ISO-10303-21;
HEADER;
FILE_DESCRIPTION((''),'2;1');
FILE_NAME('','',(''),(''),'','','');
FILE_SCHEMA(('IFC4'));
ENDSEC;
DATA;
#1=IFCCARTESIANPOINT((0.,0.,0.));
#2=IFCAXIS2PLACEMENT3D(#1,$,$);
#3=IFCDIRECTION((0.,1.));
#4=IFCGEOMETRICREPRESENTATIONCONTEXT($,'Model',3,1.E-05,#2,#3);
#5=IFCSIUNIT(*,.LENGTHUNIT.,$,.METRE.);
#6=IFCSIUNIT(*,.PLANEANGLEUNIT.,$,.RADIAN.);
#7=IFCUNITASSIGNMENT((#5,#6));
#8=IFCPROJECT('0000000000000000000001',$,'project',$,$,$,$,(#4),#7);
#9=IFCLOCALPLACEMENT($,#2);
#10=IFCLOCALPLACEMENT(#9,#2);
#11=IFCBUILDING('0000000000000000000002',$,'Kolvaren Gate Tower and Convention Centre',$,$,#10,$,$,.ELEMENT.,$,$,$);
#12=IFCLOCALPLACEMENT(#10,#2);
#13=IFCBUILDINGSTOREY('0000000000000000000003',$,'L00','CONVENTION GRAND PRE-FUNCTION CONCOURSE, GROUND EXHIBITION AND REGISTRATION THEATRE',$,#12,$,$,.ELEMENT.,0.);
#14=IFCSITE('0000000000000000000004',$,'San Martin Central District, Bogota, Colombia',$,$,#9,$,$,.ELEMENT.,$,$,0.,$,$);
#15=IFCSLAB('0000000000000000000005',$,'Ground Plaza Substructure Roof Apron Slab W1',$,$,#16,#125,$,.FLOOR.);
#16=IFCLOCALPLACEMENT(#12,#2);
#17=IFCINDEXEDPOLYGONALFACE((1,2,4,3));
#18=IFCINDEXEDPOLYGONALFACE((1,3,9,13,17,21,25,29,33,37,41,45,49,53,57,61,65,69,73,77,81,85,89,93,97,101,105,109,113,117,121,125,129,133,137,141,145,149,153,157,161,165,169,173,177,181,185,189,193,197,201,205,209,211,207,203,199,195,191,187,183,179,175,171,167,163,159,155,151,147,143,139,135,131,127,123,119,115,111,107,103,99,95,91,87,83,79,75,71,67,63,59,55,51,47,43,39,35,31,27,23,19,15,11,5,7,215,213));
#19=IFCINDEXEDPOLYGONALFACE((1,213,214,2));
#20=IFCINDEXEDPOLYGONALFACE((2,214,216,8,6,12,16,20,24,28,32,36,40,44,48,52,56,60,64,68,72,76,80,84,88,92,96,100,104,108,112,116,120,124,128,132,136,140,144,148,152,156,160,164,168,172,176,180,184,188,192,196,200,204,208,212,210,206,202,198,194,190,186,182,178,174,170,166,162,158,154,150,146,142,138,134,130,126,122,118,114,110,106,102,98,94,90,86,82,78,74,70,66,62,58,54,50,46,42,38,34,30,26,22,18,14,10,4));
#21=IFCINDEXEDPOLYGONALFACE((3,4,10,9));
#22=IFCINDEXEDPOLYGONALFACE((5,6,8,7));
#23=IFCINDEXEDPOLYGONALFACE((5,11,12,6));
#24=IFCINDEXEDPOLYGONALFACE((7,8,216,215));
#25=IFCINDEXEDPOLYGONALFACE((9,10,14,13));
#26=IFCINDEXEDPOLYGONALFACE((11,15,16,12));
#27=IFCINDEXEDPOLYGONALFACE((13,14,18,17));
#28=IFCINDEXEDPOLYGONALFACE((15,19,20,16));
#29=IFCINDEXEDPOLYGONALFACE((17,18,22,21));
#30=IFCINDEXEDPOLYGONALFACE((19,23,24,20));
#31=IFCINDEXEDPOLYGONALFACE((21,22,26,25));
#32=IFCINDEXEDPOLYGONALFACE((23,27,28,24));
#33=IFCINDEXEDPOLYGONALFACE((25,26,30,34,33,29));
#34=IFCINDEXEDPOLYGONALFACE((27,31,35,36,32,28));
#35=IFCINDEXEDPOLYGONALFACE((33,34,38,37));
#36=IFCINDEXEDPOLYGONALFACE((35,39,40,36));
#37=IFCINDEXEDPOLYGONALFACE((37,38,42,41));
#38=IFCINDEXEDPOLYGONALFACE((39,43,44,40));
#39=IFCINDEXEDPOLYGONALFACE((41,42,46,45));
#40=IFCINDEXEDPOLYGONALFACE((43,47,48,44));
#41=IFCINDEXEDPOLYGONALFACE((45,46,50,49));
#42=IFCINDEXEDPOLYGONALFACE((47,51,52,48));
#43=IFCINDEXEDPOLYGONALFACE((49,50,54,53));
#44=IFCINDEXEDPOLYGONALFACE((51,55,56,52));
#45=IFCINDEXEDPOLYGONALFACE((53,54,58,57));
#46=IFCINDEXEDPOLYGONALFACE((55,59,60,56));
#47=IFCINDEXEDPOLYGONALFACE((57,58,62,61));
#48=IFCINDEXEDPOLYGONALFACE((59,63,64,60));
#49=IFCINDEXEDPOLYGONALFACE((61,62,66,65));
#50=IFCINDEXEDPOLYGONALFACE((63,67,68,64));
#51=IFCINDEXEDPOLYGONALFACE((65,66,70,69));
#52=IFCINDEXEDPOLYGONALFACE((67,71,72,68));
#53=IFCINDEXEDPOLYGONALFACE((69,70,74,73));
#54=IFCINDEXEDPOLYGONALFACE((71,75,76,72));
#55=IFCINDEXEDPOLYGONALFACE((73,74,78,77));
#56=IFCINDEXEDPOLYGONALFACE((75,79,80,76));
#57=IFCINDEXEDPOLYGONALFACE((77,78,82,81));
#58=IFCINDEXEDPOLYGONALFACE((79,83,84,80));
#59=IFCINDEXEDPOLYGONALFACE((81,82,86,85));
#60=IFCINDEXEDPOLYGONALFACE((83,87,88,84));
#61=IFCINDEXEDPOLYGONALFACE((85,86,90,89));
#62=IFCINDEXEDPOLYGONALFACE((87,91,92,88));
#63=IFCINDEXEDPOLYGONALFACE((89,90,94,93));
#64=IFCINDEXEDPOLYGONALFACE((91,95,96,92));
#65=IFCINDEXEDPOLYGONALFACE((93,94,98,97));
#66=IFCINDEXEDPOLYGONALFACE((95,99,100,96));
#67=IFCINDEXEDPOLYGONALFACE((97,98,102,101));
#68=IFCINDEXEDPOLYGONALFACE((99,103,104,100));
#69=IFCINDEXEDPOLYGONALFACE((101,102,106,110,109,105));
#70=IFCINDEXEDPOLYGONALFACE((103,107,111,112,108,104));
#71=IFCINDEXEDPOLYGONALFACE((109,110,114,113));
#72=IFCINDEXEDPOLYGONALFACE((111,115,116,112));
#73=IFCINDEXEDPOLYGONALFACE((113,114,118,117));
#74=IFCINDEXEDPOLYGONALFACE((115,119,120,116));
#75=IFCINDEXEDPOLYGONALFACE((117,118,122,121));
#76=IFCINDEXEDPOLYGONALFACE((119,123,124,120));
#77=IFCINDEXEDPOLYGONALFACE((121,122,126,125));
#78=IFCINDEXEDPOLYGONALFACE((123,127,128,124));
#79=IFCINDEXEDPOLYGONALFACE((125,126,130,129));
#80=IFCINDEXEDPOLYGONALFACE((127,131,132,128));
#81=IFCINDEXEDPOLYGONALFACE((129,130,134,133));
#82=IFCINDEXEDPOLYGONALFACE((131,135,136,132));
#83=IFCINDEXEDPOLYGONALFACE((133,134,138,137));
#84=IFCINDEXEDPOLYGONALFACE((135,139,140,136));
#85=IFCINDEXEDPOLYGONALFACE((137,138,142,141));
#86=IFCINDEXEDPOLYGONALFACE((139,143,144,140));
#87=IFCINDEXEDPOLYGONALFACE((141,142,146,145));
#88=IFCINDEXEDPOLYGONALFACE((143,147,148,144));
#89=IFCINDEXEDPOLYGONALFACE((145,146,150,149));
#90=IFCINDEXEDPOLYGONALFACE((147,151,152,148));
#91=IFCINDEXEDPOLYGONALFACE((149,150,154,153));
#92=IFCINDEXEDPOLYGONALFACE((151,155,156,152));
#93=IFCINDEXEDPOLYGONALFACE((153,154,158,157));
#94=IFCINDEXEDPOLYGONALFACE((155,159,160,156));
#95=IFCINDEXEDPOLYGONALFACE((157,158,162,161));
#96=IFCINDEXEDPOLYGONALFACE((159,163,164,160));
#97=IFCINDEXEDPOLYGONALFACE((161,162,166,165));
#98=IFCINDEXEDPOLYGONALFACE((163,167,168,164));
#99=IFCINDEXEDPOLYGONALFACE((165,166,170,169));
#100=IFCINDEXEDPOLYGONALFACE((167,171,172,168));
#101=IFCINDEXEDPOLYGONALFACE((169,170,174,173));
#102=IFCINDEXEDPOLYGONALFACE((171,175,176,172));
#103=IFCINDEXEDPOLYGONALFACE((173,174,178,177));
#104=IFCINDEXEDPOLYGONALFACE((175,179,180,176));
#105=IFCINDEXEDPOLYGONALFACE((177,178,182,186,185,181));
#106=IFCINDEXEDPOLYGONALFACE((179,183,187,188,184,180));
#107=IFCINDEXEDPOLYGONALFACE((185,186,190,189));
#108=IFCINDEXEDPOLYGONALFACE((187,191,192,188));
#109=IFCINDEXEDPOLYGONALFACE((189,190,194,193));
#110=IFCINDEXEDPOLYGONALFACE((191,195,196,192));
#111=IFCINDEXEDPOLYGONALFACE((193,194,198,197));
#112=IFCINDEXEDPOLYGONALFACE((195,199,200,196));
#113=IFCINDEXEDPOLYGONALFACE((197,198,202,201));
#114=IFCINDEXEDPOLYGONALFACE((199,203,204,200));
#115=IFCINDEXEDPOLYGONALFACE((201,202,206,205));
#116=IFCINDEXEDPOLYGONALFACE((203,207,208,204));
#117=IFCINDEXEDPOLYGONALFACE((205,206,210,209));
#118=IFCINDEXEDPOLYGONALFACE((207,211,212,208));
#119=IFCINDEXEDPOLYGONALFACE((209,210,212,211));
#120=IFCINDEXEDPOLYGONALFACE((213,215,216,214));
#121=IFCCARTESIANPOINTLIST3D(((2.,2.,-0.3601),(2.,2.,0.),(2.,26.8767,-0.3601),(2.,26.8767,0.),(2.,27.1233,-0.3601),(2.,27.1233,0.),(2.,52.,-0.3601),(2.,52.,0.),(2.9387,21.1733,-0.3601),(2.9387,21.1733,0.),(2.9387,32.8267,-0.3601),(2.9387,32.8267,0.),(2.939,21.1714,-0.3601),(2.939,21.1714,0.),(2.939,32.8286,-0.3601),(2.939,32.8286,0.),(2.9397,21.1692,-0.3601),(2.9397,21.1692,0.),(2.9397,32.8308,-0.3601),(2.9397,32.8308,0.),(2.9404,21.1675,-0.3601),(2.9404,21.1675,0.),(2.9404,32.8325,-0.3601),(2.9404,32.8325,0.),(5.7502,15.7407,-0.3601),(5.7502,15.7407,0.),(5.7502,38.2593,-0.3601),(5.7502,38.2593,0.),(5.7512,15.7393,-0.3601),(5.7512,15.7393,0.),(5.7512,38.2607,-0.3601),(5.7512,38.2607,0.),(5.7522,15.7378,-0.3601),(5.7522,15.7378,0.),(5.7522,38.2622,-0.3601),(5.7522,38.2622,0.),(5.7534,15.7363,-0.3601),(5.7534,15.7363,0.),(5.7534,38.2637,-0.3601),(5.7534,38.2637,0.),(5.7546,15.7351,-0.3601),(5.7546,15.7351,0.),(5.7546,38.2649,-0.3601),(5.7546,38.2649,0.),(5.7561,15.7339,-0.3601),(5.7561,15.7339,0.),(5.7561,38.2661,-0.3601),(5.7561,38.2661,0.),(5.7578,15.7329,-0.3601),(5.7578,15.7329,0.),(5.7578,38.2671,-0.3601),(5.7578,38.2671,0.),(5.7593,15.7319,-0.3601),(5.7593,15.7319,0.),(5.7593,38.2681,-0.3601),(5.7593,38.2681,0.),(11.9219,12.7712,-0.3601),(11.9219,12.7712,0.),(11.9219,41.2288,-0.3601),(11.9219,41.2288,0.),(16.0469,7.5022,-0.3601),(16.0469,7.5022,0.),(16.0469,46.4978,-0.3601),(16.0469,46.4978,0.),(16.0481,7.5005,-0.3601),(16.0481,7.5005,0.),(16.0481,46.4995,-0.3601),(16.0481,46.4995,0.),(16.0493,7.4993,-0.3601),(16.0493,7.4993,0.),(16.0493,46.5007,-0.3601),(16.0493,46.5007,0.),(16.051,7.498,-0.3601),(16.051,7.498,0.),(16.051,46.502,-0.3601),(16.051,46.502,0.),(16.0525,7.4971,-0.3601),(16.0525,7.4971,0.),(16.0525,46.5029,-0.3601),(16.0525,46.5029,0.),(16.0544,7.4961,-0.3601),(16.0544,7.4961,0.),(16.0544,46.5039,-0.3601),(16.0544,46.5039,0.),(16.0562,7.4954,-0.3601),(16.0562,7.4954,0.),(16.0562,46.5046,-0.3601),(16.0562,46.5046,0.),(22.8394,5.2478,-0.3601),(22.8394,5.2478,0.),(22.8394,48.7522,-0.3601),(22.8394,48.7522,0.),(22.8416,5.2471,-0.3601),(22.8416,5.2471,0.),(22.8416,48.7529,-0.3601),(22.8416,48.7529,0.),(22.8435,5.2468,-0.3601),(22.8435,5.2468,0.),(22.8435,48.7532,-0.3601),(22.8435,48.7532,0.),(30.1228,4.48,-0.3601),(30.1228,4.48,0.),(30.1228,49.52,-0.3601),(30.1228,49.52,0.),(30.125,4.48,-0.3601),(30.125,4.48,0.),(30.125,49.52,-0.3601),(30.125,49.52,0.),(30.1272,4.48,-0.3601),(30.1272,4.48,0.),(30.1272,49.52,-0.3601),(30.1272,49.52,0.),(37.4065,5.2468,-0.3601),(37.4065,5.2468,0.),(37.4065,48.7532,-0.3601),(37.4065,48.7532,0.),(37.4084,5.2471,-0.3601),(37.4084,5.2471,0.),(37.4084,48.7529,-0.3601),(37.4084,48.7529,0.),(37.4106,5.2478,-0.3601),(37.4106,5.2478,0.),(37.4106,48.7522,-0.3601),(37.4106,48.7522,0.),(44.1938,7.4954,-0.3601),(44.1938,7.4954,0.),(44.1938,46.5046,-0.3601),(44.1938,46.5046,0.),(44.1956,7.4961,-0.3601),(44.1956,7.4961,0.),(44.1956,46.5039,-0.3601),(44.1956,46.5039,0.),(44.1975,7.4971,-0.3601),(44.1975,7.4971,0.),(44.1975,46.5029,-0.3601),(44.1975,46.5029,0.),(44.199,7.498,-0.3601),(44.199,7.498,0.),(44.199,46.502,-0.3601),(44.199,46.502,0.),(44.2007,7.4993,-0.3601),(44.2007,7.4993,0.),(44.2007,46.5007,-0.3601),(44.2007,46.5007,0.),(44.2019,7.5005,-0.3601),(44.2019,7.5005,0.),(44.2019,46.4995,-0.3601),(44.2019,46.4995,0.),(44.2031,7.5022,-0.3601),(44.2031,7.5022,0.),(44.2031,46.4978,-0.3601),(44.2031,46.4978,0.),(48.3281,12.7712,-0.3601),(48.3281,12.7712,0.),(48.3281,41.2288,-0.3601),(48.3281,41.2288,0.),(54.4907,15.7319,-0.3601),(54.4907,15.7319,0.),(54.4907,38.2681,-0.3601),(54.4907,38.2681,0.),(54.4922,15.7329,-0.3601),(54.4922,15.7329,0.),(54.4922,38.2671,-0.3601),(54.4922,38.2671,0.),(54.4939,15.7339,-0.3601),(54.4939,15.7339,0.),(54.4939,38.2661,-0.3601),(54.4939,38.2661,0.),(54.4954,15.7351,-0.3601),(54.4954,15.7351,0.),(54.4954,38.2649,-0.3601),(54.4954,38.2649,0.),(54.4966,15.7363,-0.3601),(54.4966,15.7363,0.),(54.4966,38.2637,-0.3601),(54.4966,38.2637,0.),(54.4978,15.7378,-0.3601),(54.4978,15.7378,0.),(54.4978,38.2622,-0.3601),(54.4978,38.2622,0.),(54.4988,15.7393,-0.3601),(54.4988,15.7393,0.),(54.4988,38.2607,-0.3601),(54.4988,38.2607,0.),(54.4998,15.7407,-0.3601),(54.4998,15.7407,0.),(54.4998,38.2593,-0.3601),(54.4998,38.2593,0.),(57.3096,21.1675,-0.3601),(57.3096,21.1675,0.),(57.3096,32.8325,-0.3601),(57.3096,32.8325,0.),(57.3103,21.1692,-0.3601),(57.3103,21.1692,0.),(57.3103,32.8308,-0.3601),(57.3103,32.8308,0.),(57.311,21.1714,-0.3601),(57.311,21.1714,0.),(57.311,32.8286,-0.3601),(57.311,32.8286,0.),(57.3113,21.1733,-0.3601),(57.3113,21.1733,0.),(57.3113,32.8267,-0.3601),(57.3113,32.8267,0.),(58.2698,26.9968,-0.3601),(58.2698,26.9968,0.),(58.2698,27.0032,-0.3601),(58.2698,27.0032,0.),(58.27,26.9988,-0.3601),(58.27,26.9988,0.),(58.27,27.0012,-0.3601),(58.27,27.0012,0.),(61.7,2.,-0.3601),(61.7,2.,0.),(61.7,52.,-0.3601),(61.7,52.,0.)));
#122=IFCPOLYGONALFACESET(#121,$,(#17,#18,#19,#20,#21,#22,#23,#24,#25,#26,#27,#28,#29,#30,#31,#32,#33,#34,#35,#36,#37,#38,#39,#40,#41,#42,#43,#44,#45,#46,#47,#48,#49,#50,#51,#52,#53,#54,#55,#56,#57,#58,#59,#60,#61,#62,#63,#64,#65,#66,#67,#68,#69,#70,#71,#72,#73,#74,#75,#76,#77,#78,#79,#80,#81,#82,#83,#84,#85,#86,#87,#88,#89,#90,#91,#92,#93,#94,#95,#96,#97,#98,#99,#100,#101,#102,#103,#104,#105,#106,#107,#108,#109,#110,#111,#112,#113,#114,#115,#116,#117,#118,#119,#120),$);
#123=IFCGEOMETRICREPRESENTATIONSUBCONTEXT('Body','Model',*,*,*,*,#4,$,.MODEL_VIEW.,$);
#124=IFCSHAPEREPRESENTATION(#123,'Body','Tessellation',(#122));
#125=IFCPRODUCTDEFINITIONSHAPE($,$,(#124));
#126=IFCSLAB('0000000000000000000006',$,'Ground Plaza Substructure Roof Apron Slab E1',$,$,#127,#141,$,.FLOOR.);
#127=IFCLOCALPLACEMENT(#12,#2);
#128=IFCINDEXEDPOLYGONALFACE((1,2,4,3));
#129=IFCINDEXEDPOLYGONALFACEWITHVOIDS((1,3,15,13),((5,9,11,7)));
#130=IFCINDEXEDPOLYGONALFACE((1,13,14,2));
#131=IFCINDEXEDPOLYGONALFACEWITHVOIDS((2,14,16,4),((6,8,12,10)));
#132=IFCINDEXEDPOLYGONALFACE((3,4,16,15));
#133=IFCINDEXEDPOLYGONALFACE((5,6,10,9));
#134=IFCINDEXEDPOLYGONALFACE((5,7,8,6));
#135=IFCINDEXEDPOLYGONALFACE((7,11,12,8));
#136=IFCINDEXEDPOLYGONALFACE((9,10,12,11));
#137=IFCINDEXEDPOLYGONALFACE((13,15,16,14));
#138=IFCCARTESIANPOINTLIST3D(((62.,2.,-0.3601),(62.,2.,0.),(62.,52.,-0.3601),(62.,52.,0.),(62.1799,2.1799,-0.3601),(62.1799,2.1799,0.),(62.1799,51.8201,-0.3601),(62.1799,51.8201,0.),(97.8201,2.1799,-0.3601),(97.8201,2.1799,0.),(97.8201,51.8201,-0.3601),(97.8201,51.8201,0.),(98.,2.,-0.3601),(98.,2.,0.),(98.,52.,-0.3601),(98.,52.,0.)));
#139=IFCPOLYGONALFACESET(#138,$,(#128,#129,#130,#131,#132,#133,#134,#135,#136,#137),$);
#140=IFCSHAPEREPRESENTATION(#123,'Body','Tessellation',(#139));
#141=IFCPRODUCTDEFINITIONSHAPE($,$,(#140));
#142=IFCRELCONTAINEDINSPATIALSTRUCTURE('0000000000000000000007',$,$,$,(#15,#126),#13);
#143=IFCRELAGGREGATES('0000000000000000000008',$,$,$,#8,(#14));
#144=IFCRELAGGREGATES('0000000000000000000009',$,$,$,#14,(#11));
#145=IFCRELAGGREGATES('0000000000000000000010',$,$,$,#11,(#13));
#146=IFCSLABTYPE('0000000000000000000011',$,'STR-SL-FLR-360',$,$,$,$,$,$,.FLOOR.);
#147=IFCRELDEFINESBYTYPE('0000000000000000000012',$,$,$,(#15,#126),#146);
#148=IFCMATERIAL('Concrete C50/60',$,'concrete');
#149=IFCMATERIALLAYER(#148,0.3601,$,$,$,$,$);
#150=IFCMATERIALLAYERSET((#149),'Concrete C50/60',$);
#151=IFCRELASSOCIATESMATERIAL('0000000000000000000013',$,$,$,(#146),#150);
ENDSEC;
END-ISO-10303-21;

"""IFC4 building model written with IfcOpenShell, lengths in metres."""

from ifc_helpers import new_model, si_unit, direction, frame, origin, place, context, subcontext, project, spatial, polyline, outline, extrude, material, layer, layer_set, type_object, element, save


model = new_model("IFC4")

# Units and contexts
model_context = context("Model", 3, precision=1e-05, world=origin(), true_north=direction((0.0, 1.0)))
body_context = subcontext(model_context, "Body", "Model", "MODEL_VIEW")
ifc_project = project(units=[si_unit("LENGTHUNIT", "METRE"), si_unit("PLANEANGLEUNIT", "RADIAN")], contexts=[model_context])

# Site, building, storey
site_placement = place(None, origin())
site = spatial("IfcSite", under=ifc_project, at=site_placement, Name="San Martin Central District, Bogota, Colombia", CompositionType="ELEMENT", RefElevation=0.0)
building_placement = place(site_placement, origin())
building = spatial("IfcBuilding", under=site, at=building_placement, Name="Kolvaren Gate Tower and Convention Centre", CompositionType="ELEMENT")
storey_placement = place(building_placement, origin())
storey = spatial("IfcBuildingStorey", under=building, at=storey_placement, Name="L00", Description="CONVENTION GRAND PRE-FUNCTION CONCOURSE, GROUND EXHIBITION AND REGISTRATION THEATRE", CompositionType="ELEMENT", Elevation=0.0)

# Slabs
ifc_material_1 = material(Name="Concrete C50/60", Category="concrete")
ifc_layer_1 = layer(ifc_material_1, 0.3601)
ifc_layer_set_1 = layer_set([ifc_layer_1], Name="Concrete C50/60")
slab_type_1 = type_object("IfcSlabType", Name="STR-SL-FLR-360", PredefinedType="FLOOR", material=ifc_layer_set_1)
slab_1_placement = place(storey_placement, frame((0.0, 0.0, -0.3601)))
element("IfcSlab", 1, at=slab_1_placement, inside=storey, type_object=slab_type_1, Name="Ground Plaza Substructure Roof Apron Slab W1", PredefinedType="FLOOR", context=body_context, shape_type="SweptSolid", body=[
    extrude(outline(polyline([(2.0, 52.0), (61.7, 52.0), (61.7, 2.0), (2.0, 2.0), (2.0, 26.8767), (2.9387, 21.1733), (2.939, 21.1714), (2.9397, 21.1692), (2.9404, 21.1675), (5.7502, 15.7407), (5.7512, 15.7393), (5.7522, 15.7378), (5.7534, 15.7363), (5.7546, 15.7351), (5.7561, 15.7339), (5.7578, 15.7329), (5.7593, 15.7319), (11.9219, 12.7712), (16.0469, 7.5022), (16.0481, 7.5005), (16.0493, 7.4993), (16.051, 7.498), (16.0525, 7.4971), (16.0544, 7.4961), (16.0562, 7.4954), (22.8394, 5.2478), (22.8416, 5.2471), (22.8435, 5.2468), (30.1228, 4.48), (30.125, 4.48), (30.1272, 4.48), (37.4065, 5.2468), (37.4084, 5.2471), (37.4106, 5.2478), (44.1938, 7.4954), (44.1956, 7.4961), (44.1975, 7.4971), (44.199, 7.498), (44.2007, 7.4993), (44.2019, 7.5005), (44.2031, 7.5022), (48.3281, 12.7712), (54.4907, 15.7319), (54.4922, 15.7329), (54.4939, 15.7339), (54.4954, 15.7351), (54.4966, 15.7363), (54.4978, 15.7378), (54.4988, 15.7393), (54.4998, 15.7407), (57.3096, 21.1675), (57.3103, 21.1692), (57.311, 21.1714), (57.3113, 21.1733), (58.2698, 26.9968), (58.27, 26.9988), (58.27, 27.0012), (58.2698, 27.0032), (57.3113, 32.8267), (57.311, 32.8286), (57.3103, 32.8308), (57.3096, 32.8325), (54.4998, 38.2593), (54.4988, 38.2607), (54.4978, 38.2622), (54.4966, 38.2637), (54.4954, 38.2649), (54.4939, 38.2661), (54.4922, 38.2671), (54.4907, 38.2681), (48.3281, 41.2288), (44.2031, 46.4978), (44.2019, 46.4995), (44.2007, 46.5007), (44.199, 46.502), (44.1975, 46.5029), (44.1956, 46.5039), (44.1938, 46.5046), (37.4106, 48.7522), (37.4084, 48.7529), (37.4065, 48.7532), (30.1272, 49.52), (30.125, 49.52), (30.1228, 49.52), (22.8435, 48.7532), (22.8416, 48.7529), (22.8394, 48.7522), (16.0562, 46.5046), (16.0544, 46.5039), (16.0525, 46.5029), (16.051, 46.502), (16.0493, 46.5007), (16.0481, 46.4995), (16.0469, 46.4978), (11.9219, 41.2288), (5.7593, 38.2681), (5.7578, 38.2671), (5.7561, 38.2661), (5.7546, 38.2649), (5.7534, 38.2637), (5.7522, 38.2622), (5.7512, 38.2607), (5.7502, 38.2593), (2.9404, 32.8325), (2.9397, 32.8308), (2.939, 32.8286), (2.9387, 32.8267), (2.0, 27.1233), (2.0, 52.0)])), origin(), (0.0, 0.0, 1.0), 0.3601),
])
slab_2_placement = place(storey_placement, frame((0.0, 0.0, -0.3601)))
element("IfcSlab", 2, at=slab_2_placement, inside=storey, type_object=slab_type_1, Name="Ground Plaza Substructure Roof Apron Slab E1", PredefinedType="FLOOR", context=body_context, shape_type="SweptSolid", body=[
    extrude(outline(polyline([(62.0, 2.0), (62.0, 52.0), (98.0, 52.0), (98.0, 2.0), (62.0, 2.0)]), holes=[polyline([(97.8201, 51.8201), (62.1799, 51.8201), (62.1799, 2.1799), (97.8201, 2.1799), (97.8201, 51.8201)])]), origin(), (0.0, 0.0, 1.0), 0.3601),
])

save(model, "model.ifc")
